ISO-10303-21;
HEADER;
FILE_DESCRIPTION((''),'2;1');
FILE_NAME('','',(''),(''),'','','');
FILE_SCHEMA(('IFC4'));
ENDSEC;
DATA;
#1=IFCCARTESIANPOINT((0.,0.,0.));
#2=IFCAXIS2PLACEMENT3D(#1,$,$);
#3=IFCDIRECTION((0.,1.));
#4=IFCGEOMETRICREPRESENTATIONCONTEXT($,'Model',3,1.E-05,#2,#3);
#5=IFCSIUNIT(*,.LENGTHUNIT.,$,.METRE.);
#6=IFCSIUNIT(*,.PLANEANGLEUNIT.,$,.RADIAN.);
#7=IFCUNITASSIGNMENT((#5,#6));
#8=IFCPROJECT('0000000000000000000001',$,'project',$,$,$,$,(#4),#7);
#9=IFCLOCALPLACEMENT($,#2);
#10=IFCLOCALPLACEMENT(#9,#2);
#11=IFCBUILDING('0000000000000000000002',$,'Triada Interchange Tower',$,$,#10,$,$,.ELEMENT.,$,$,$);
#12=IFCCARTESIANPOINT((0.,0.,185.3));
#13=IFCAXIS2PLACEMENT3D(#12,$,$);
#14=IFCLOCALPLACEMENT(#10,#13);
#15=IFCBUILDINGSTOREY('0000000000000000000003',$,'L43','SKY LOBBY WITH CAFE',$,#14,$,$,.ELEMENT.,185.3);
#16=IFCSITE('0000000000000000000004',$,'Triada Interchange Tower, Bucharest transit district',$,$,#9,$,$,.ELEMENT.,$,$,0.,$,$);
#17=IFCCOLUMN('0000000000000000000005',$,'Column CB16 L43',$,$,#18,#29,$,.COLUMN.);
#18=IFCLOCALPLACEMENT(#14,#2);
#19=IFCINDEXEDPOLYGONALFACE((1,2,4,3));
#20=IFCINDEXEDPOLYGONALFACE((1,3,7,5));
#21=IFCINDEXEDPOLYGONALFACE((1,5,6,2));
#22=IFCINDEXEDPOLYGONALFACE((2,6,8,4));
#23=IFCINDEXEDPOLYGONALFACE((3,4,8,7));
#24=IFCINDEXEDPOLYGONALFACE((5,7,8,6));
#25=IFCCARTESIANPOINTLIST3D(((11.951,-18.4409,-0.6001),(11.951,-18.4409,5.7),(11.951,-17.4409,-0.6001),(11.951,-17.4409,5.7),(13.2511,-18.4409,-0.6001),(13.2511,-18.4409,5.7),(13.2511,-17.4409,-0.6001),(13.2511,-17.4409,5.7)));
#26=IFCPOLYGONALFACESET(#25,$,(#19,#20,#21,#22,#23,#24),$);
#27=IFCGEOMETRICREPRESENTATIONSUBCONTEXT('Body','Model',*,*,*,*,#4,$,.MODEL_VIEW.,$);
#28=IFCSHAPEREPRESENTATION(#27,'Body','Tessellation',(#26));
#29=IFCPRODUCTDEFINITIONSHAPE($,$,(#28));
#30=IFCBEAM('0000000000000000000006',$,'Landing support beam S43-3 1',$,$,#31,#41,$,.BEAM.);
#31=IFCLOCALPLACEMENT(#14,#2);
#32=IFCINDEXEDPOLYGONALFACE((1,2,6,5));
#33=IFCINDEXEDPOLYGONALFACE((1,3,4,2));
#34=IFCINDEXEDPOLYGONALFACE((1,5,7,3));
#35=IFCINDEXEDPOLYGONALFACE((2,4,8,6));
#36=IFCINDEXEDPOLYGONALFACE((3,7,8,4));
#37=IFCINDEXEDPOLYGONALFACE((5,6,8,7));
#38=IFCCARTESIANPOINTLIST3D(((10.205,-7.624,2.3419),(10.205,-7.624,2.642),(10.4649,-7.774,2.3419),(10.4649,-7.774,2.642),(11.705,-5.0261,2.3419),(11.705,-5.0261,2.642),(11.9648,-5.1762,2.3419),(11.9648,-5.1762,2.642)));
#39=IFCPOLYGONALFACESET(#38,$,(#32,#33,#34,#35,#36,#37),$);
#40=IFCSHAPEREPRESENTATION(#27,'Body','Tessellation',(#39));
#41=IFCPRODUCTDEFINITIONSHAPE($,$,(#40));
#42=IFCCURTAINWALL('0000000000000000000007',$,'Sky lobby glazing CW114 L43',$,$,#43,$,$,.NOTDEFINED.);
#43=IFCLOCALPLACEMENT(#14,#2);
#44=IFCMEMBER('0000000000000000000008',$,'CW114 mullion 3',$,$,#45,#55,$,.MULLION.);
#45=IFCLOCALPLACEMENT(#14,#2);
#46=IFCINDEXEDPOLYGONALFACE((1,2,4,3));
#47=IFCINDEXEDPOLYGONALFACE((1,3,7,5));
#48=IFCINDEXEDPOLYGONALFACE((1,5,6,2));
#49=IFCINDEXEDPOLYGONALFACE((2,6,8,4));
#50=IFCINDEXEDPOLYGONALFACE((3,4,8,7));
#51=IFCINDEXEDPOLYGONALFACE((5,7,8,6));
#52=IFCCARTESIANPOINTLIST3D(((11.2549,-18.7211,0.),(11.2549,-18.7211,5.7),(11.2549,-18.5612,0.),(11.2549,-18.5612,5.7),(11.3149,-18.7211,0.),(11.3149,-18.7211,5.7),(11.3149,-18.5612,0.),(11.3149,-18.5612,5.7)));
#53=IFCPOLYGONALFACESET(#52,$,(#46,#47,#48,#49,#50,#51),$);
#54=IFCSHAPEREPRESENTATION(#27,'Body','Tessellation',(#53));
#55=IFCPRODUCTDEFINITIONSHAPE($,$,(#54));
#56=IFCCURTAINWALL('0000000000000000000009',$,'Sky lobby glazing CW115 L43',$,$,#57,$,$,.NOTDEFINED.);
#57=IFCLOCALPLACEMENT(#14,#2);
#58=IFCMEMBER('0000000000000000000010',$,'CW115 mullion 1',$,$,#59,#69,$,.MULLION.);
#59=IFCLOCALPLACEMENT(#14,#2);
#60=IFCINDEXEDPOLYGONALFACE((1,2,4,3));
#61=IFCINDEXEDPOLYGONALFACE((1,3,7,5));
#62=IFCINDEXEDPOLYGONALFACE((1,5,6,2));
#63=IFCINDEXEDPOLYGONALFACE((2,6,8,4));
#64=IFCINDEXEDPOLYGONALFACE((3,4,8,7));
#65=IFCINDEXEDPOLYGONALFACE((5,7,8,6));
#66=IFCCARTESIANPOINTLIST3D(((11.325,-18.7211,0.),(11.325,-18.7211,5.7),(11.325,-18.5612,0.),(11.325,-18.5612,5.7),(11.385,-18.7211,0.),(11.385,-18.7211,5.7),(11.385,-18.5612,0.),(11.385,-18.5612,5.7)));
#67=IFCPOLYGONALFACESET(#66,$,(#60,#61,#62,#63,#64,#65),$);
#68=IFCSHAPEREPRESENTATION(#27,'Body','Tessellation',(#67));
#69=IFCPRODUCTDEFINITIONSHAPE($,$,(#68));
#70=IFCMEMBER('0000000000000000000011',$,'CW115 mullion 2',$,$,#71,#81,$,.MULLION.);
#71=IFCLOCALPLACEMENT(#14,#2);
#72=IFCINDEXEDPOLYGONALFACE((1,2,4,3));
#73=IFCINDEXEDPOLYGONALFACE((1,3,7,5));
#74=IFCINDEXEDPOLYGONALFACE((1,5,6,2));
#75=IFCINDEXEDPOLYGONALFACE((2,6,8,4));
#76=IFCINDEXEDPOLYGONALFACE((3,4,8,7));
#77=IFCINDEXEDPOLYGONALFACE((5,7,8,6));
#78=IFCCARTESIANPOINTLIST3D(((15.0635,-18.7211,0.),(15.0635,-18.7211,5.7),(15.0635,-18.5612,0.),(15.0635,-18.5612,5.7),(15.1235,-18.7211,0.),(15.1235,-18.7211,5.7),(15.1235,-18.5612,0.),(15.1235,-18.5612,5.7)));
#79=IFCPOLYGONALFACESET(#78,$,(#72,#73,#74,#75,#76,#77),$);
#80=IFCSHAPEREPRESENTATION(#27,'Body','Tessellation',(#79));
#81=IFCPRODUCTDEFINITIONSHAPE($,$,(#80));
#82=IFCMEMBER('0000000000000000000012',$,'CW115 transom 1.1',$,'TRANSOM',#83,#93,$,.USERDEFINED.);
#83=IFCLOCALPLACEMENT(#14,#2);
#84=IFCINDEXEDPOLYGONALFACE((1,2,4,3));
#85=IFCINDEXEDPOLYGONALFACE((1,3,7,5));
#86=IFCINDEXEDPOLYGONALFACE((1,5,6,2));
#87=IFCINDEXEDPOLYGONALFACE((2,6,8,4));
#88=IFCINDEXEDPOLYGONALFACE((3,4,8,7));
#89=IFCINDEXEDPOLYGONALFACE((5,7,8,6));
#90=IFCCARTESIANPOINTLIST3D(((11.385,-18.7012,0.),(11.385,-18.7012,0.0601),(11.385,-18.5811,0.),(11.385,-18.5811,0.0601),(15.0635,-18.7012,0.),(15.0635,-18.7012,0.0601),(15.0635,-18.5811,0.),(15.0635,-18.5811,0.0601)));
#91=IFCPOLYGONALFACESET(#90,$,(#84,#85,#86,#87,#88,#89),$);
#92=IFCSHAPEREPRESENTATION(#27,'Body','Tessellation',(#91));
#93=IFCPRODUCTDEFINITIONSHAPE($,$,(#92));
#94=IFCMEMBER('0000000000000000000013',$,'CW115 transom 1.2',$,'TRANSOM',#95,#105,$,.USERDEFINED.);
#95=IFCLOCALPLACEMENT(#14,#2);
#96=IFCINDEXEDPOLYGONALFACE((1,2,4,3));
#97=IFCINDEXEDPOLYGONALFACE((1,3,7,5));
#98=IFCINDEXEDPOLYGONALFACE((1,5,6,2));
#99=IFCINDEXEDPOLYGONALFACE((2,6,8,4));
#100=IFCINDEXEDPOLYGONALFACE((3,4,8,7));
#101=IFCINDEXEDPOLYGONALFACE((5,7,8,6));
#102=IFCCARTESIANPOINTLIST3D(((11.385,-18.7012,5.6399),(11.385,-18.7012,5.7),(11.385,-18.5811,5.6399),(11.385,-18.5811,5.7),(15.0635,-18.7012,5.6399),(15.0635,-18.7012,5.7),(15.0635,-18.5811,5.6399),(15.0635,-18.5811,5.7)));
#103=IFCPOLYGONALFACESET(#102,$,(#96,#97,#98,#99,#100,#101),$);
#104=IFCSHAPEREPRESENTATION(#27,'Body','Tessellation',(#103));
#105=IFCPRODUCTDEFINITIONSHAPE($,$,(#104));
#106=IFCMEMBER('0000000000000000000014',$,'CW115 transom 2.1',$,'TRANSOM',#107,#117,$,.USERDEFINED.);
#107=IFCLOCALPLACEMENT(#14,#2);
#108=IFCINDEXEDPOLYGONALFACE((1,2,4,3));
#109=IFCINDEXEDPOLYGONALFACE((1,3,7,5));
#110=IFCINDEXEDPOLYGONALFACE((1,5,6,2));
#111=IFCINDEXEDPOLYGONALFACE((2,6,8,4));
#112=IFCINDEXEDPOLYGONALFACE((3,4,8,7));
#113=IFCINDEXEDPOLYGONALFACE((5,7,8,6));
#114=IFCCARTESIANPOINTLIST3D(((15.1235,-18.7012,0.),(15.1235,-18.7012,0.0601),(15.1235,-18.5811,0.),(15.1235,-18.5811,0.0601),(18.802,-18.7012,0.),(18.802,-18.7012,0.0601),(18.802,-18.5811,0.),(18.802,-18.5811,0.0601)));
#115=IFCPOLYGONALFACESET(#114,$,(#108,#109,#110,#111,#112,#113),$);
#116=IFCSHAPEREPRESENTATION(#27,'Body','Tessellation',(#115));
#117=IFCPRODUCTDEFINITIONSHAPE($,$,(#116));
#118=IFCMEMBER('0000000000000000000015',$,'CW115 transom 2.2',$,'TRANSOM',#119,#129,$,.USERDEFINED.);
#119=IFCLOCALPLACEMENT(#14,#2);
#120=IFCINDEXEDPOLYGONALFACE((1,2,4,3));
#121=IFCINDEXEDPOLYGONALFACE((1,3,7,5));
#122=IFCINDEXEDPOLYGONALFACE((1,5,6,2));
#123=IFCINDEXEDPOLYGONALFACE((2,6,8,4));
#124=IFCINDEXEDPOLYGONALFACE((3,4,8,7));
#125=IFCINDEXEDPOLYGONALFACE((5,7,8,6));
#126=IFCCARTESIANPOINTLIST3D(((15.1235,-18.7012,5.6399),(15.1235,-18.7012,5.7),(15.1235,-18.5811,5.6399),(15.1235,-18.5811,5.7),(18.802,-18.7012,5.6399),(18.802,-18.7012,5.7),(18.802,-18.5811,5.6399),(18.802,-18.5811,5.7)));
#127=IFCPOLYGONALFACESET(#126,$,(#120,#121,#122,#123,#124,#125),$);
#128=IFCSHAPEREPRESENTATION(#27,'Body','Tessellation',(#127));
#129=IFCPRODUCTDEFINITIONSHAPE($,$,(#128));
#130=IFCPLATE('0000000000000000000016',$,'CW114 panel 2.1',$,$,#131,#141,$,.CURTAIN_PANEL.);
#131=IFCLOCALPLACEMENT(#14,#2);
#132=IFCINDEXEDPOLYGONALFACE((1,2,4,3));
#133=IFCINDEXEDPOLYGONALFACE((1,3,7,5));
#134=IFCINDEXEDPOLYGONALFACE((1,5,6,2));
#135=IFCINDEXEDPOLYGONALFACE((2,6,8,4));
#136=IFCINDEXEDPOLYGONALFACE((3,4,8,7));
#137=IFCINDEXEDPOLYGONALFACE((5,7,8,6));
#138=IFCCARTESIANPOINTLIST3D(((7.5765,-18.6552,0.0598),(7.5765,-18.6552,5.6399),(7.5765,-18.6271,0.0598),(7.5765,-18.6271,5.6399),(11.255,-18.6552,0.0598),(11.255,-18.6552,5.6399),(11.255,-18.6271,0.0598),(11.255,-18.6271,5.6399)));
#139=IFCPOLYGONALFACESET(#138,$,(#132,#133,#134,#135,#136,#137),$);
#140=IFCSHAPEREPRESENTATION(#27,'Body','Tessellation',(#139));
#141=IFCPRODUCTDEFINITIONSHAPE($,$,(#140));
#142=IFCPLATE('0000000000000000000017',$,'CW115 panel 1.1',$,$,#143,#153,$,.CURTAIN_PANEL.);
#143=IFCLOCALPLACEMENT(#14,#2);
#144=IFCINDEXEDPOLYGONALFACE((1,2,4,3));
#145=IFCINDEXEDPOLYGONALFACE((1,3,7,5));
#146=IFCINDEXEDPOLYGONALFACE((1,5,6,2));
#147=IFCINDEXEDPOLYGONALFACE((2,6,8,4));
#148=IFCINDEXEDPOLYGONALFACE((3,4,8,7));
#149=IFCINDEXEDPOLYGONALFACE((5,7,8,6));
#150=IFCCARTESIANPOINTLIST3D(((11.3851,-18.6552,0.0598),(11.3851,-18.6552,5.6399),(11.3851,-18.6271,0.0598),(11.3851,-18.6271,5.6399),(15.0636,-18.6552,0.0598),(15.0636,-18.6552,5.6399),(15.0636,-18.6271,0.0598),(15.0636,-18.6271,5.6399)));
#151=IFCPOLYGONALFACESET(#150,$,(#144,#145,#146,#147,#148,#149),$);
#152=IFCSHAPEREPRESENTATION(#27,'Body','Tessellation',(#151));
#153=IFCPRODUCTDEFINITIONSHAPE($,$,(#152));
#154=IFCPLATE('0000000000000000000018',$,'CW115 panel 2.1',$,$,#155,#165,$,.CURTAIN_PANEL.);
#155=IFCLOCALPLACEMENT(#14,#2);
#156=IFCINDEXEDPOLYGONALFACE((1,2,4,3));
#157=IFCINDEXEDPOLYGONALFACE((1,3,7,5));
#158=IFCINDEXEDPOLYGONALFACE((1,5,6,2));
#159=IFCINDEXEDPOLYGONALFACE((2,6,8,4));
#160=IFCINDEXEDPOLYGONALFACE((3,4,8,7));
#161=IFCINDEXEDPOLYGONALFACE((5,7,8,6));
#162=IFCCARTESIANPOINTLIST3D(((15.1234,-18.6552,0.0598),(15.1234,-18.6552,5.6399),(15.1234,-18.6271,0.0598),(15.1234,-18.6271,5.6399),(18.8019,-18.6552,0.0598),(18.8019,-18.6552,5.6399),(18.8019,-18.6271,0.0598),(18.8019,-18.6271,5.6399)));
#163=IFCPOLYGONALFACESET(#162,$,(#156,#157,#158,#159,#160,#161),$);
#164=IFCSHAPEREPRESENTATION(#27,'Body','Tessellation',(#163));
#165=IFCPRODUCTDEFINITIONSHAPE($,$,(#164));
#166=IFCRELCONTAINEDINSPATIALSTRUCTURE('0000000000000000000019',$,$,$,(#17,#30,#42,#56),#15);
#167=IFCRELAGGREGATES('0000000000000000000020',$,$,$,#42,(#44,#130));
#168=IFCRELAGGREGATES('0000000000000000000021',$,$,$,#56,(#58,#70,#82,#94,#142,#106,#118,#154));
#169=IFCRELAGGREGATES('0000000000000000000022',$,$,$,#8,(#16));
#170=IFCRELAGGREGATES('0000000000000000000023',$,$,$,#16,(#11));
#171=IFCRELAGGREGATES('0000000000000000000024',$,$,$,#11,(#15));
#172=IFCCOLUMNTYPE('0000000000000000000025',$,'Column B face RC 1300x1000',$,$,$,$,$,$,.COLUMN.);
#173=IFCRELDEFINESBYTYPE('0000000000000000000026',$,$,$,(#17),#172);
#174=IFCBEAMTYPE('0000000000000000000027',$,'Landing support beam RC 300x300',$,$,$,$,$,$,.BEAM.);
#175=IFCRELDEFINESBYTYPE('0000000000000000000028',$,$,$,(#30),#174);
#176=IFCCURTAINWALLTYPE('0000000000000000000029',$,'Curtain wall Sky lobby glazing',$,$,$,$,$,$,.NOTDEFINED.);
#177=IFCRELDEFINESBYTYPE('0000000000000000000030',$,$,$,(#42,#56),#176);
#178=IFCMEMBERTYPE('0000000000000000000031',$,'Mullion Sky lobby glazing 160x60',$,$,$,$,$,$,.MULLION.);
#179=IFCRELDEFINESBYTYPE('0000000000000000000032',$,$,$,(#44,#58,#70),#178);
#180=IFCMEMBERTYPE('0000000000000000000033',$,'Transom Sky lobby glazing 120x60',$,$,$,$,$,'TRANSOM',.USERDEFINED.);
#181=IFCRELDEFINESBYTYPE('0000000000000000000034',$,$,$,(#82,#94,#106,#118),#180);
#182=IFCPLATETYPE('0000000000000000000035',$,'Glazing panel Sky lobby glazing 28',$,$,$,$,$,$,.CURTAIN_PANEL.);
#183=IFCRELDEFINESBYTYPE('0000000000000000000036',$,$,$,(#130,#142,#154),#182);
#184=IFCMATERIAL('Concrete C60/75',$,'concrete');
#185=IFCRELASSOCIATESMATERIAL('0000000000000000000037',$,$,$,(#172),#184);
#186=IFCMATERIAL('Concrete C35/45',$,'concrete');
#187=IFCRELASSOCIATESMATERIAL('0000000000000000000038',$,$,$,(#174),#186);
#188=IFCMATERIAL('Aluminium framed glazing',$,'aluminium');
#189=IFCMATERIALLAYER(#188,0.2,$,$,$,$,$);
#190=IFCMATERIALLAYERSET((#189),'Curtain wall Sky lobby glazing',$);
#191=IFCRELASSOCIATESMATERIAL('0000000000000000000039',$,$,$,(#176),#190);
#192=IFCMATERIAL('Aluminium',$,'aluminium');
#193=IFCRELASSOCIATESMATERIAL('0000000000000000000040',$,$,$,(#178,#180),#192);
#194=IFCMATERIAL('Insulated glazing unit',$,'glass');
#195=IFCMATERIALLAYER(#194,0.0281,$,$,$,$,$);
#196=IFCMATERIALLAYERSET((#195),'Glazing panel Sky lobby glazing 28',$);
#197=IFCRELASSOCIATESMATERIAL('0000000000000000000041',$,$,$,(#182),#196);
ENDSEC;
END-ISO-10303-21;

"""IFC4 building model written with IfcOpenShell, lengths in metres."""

from ifc_helpers import new_model, si_unit, direction, frame, origin, origin_2d, place, context, subcontext, project, spatial, rectangle, extrude, material, layer, layer_set, material_profile, profile_set, type_object, element, aggregate, save


model = new_model("IFC4")

# Units and contexts
model_context = context("Model", 3, precision=1e-05, world=origin(), true_north=direction((0.0, 1.0)))
body_context = subcontext(model_context, "Body", "Model", "MODEL_VIEW")
ifc_project = project(units=[si_unit("LENGTHUNIT", "METRE"), si_unit("PLANEANGLEUNIT", "RADIAN")], contexts=[model_context])

# Site, building, storey
site_placement = place(None, origin())
site = spatial("IfcSite", under=ifc_project, at=site_placement, Name="Triada Interchange Tower, Bucharest transit district", CompositionType="ELEMENT", RefElevation=0.0)
building_placement = place(site_placement, origin())
building = spatial("IfcBuilding", under=site, at=building_placement, Name="Triada Interchange Tower", CompositionType="ELEMENT")
storey_placement = place(building_placement, frame((0.0, 0.0, 185.3)))
storey = spatial("IfcBuildingStorey", under=building, at=storey_placement, Name="L43", Description="SKY LOBBY WITH CAFE", CompositionType="ELEMENT", Elevation=185.3)

# Column
ifc_material_1 = material(Name="Concrete C60/75", Category="concrete")
ifc_material_profile_1 = material_profile(ifc_material_1, rectangle(XDim=1.3, YDim=1.0, at=origin_2d()), Name="RC 1300x1000")
ifc_profile_set_1 = profile_set([ifc_material_profile_1], Name="Concrete C60/75")
column_type = type_object("IfcColumnType", Name="Column B face RC 1300x1000", PredefinedType="COLUMN", material=ifc_profile_set_1)
column_placement = place(storey_placement, frame((12.6011, -17.9409, -0.6001), z_axis=(0.0, 0.0, 1.0), x_axis=(1.0, 0.0, 0.0)))
element("IfcColumn", 1, at=column_placement, inside=storey, type_object=column_type, Name="Column CB16 L43", PredefinedType="COLUMN", context=body_context, shape_type="SweptSolid", body=[
    extrude(rectangle(XDim=1.3, YDim=1.0, at=origin_2d()), origin(), (0.0, 0.0, 1.0), 6.3),
])

# Beam
ifc_material_2 = material(Name="Concrete C35/45", Category="concrete")
ifc_material_profile_2 = material_profile(ifc_material_2, rectangle(XDim=0.3, YDim=0.3, at=origin_2d()), Name="RC 300x300")
ifc_profile_set_2 = profile_set([ifc_material_profile_2], Name="Concrete C35/45")
beam_type = type_object("IfcBeamType", Name="Landing support beam RC 300x300", PredefinedType="BEAM", material=ifc_profile_set_2)
beam_placement = place(storey_placement, frame((10.335, -7.699, 2.4919), z_axis=(0.500025, 0.866011, 0.0), x_axis=(-0.866011, 0.500025, 0.0)))
element("IfcBeam", 2, at=beam_placement, inside=storey, type_object=beam_type, Name="Landing support beam S43-3 1", PredefinedType="BEAM", context=body_context, shape_type="SweptSolid", body=[
    extrude(rectangle(XDim=0.3, YDim=0.3, at=origin_2d()), origin(), (0.0, 0.0, 1.0), 2.9998),
])

# Curtain wall, member
ifc_material_3 = material(Name="Aluminium framed glazing", Category="aluminium")
ifc_layer_1 = layer(ifc_material_3, 0.2)
ifc_layer_set_1 = layer_set([ifc_layer_1], Name="Curtain wall Sky lobby glazing")
curtain_wall_type = type_object("IfcCurtainWallType", Name="Curtain wall Sky lobby glazing", PredefinedType="NOTDEFINED", material=ifc_layer_set_1)
curtain_wall_1_placement = place(storey_placement, origin())
curtain_wall_1 = element("IfcCurtainWall", 3, at=curtain_wall_1_placement, inside=storey, type_object=curtain_wall_type, Name="Sky lobby glazing CW114 L43", PredefinedType="NOTDEFINED")
ifc_material_4 = material(Name="Aluminium", Category="aluminium")
ifc_material_profile_3 = material_profile(ifc_material_4, rectangle(XDim=0.1599, YDim=0.0601, at=origin_2d()), Name="Aluminium mullion")
ifc_profile_set_3 = profile_set([ifc_material_profile_3], Name="Aluminium")
member_type_1 = type_object("IfcMemberType", Name="Mullion Sky lobby glazing 160x60", PredefinedType="MULLION", material=ifc_profile_set_3)
member_1_placement = place(storey_placement, frame((11.2849, -18.6411, 0.0), z_axis=(0.0, 0.0, 1.0), x_axis=(0.0, 1.0, 0.0)))
member_1 = element("IfcMember", 4, at=member_1_placement, type_object=member_type_1, Name="CW114 mullion 3", PredefinedType="MULLION", context=body_context, shape_type="SweptSolid", body=[
    extrude(rectangle(XDim=0.1599, YDim=0.0601, at=origin_2d()), origin(), (0.0, 0.0, 1.0), 5.7),
])

# Curtain wall, members
curtain_wall_2_placement = place(storey_placement, origin())
curtain_wall_2 = element("IfcCurtainWall", 5, at=curtain_wall_2_placement, inside=storey, type_object=curtain_wall_type, Name="Sky lobby glazing CW115 L43", PredefinedType="NOTDEFINED")
member_2_placement = place(storey_placement, frame((11.355, -18.6411, 0.0), z_axis=(0.0, 0.0, 1.0), x_axis=(0.0, 1.0, 0.0)))
member_2 = element("IfcMember", 6, at=member_2_placement, type_object=member_type_1, Name="CW115 mullion 1", PredefinedType="MULLION", context=body_context, shape_type="SweptSolid", body=[
    extrude(rectangle(XDim=0.1599, YDim=0.0601, at=origin_2d()), origin(), (0.0, 0.0, 1.0), 5.7),
])
member_3_placement = place(storey_placement, frame((15.0935, -18.6411, 0.0), z_axis=(0.0, 0.0, 1.0), x_axis=(0.0, 1.0, 0.0)))
member_3 = element("IfcMember", 7, at=member_3_placement, type_object=member_type_1, Name="CW115 mullion 2", PredefinedType="MULLION", context=body_context, shape_type="SweptSolid", body=[
    extrude(rectangle(XDim=0.1599, YDim=0.0601, at=origin_2d()), origin(), (0.0, 0.0, 1.0), 5.7),
])
ifc_material_profile_4 = material_profile(ifc_material_4, rectangle(XDim=0.1201, YDim=0.0601, at=origin_2d()), Name="Aluminium transom")
ifc_profile_set_4 = profile_set([ifc_material_profile_4], Name="Aluminium")
member_type_2 = type_object("IfcMemberType", Name="Transom Sky lobby glazing 120x60", ElementType="TRANSOM", PredefinedType="USERDEFINED", material=ifc_profile_set_4)
member_4_placement = place(storey_placement, frame((11.385, -18.6411, 0.03), z_axis=(1.0, 0.0, 0.0), x_axis=(0.0, 1.0, 0.0)))
member_4 = element("IfcMember", 8, at=member_4_placement, type_object=member_type_2, Name="CW115 transom 1.1", ObjectType="TRANSOM", PredefinedType="USERDEFINED", context=body_context, shape_type="SweptSolid", body=[
    extrude(rectangle(XDim=0.1201, YDim=0.0601, at=origin_2d()), origin(), (0.0, 0.0, 1.0), 3.6785),
])
member_5_placement = place(storey_placement, frame((11.385, -18.6411, 5.6699), z_axis=(1.0, 0.0, 0.0), x_axis=(0.0, 1.0, 0.0)))
member_5 = element("IfcMember", 9, at=member_5_placement, type_object=member_type_2, Name="CW115 transom 1.2", ObjectType="TRANSOM", PredefinedType="USERDEFINED", context=body_context, shape_type="SweptSolid", body=[
    extrude(rectangle(XDim=0.1201, YDim=0.0601, at=origin_2d()), origin(), (0.0, 0.0, 1.0), 3.6785),
])
member_6_placement = place(storey_placement, frame((15.1235, -18.6411, 0.03), z_axis=(1.0, 0.0, 0.0), x_axis=(0.0, 1.0, 0.0)))
member_6 = element("IfcMember", 10, at=member_6_placement, type_object=member_type_2, Name="CW115 transom 2.1", ObjectType="TRANSOM", PredefinedType="USERDEFINED", context=body_context, shape_type="SweptSolid", body=[
    extrude(rectangle(XDim=0.1201, YDim=0.0601, at=origin_2d()), origin(), (0.0, 0.0, 1.0), 3.6785),
])
member_7_placement = place(storey_placement, frame((15.1235, -18.6411, 5.6699), z_axis=(1.0, 0.0, 0.0), x_axis=(0.0, 1.0, 0.0)))
member_7 = element("IfcMember", 11, at=member_7_placement, type_object=member_type_2, Name="CW115 transom 2.2", ObjectType="TRANSOM", PredefinedType="USERDEFINED", context=body_context, shape_type="SweptSolid", body=[
    extrude(rectangle(XDim=0.1201, YDim=0.0601, at=origin_2d()), origin(), (0.0, 0.0, 1.0), 3.6785),
])

# Plates
ifc_material_5 = material(Name="Insulated glazing unit", Category="glass")
ifc_layer_2 = layer(ifc_material_5, 0.0281)
ifc_layer_set_2 = layer_set([ifc_layer_2], Name="Glazing panel Sky lobby glazing 28")
plate_type = type_object("IfcPlateType", Name="Glazing panel Sky lobby glazing 28", PredefinedType="CURTAIN_PANEL", material=ifc_layer_set_2)
plate_1_placement = place(storey_placement, frame((9.4158, -18.6411, 0.0598), z_axis=(0.0, 0.0, 1.0), x_axis=(1.0, 0.0, 0.0)))
plate_1 = element("IfcPlate", 12, at=plate_1_placement, type_object=plate_type, Name="CW114 panel 2.1", PredefinedType="CURTAIN_PANEL", context=body_context, shape_type="SweptSolid", body=[
    extrude(rectangle(XDim=3.6785, YDim=0.0281, at=origin_2d()), origin(), (0.0, 0.0, 1.0), 5.5801),
])
aggregate(curtain_wall_1, [member_1, plate_1])
plate_2_placement = place(storey_placement, frame((13.2244, -18.6411, 0.0598), z_axis=(0.0, 0.0, 1.0), x_axis=(1.0, 0.0, 0.0)))
plate_2 = element("IfcPlate", 13, at=plate_2_placement, type_object=plate_type, Name="CW115 panel 1.1", PredefinedType="CURTAIN_PANEL", context=body_context, shape_type="SweptSolid", body=[
    extrude(rectangle(XDim=3.6785, YDim=0.0281, at=origin_2d()), origin(), (0.0, 0.0, 1.0), 5.5801),
])
plate_3_placement = place(storey_placement, frame((16.9626, -18.6411, 0.0598), z_axis=(0.0, 0.0, 1.0), x_axis=(1.0, 0.0, 0.0)))
plate_3 = element("IfcPlate", 14, at=plate_3_placement, type_object=plate_type, Name="CW115 panel 2.1", PredefinedType="CURTAIN_PANEL", context=body_context, shape_type="SweptSolid", body=[
    extrude(rectangle(XDim=3.6785, YDim=0.0281, at=origin_2d()), origin(), (0.0, 0.0, 1.0), 5.5801),
])
aggregate(curtain_wall_2, [member_2, member_3, member_4, member_5, plate_2, member_6, member_7, plate_3])

save(model, "model.ifc")
